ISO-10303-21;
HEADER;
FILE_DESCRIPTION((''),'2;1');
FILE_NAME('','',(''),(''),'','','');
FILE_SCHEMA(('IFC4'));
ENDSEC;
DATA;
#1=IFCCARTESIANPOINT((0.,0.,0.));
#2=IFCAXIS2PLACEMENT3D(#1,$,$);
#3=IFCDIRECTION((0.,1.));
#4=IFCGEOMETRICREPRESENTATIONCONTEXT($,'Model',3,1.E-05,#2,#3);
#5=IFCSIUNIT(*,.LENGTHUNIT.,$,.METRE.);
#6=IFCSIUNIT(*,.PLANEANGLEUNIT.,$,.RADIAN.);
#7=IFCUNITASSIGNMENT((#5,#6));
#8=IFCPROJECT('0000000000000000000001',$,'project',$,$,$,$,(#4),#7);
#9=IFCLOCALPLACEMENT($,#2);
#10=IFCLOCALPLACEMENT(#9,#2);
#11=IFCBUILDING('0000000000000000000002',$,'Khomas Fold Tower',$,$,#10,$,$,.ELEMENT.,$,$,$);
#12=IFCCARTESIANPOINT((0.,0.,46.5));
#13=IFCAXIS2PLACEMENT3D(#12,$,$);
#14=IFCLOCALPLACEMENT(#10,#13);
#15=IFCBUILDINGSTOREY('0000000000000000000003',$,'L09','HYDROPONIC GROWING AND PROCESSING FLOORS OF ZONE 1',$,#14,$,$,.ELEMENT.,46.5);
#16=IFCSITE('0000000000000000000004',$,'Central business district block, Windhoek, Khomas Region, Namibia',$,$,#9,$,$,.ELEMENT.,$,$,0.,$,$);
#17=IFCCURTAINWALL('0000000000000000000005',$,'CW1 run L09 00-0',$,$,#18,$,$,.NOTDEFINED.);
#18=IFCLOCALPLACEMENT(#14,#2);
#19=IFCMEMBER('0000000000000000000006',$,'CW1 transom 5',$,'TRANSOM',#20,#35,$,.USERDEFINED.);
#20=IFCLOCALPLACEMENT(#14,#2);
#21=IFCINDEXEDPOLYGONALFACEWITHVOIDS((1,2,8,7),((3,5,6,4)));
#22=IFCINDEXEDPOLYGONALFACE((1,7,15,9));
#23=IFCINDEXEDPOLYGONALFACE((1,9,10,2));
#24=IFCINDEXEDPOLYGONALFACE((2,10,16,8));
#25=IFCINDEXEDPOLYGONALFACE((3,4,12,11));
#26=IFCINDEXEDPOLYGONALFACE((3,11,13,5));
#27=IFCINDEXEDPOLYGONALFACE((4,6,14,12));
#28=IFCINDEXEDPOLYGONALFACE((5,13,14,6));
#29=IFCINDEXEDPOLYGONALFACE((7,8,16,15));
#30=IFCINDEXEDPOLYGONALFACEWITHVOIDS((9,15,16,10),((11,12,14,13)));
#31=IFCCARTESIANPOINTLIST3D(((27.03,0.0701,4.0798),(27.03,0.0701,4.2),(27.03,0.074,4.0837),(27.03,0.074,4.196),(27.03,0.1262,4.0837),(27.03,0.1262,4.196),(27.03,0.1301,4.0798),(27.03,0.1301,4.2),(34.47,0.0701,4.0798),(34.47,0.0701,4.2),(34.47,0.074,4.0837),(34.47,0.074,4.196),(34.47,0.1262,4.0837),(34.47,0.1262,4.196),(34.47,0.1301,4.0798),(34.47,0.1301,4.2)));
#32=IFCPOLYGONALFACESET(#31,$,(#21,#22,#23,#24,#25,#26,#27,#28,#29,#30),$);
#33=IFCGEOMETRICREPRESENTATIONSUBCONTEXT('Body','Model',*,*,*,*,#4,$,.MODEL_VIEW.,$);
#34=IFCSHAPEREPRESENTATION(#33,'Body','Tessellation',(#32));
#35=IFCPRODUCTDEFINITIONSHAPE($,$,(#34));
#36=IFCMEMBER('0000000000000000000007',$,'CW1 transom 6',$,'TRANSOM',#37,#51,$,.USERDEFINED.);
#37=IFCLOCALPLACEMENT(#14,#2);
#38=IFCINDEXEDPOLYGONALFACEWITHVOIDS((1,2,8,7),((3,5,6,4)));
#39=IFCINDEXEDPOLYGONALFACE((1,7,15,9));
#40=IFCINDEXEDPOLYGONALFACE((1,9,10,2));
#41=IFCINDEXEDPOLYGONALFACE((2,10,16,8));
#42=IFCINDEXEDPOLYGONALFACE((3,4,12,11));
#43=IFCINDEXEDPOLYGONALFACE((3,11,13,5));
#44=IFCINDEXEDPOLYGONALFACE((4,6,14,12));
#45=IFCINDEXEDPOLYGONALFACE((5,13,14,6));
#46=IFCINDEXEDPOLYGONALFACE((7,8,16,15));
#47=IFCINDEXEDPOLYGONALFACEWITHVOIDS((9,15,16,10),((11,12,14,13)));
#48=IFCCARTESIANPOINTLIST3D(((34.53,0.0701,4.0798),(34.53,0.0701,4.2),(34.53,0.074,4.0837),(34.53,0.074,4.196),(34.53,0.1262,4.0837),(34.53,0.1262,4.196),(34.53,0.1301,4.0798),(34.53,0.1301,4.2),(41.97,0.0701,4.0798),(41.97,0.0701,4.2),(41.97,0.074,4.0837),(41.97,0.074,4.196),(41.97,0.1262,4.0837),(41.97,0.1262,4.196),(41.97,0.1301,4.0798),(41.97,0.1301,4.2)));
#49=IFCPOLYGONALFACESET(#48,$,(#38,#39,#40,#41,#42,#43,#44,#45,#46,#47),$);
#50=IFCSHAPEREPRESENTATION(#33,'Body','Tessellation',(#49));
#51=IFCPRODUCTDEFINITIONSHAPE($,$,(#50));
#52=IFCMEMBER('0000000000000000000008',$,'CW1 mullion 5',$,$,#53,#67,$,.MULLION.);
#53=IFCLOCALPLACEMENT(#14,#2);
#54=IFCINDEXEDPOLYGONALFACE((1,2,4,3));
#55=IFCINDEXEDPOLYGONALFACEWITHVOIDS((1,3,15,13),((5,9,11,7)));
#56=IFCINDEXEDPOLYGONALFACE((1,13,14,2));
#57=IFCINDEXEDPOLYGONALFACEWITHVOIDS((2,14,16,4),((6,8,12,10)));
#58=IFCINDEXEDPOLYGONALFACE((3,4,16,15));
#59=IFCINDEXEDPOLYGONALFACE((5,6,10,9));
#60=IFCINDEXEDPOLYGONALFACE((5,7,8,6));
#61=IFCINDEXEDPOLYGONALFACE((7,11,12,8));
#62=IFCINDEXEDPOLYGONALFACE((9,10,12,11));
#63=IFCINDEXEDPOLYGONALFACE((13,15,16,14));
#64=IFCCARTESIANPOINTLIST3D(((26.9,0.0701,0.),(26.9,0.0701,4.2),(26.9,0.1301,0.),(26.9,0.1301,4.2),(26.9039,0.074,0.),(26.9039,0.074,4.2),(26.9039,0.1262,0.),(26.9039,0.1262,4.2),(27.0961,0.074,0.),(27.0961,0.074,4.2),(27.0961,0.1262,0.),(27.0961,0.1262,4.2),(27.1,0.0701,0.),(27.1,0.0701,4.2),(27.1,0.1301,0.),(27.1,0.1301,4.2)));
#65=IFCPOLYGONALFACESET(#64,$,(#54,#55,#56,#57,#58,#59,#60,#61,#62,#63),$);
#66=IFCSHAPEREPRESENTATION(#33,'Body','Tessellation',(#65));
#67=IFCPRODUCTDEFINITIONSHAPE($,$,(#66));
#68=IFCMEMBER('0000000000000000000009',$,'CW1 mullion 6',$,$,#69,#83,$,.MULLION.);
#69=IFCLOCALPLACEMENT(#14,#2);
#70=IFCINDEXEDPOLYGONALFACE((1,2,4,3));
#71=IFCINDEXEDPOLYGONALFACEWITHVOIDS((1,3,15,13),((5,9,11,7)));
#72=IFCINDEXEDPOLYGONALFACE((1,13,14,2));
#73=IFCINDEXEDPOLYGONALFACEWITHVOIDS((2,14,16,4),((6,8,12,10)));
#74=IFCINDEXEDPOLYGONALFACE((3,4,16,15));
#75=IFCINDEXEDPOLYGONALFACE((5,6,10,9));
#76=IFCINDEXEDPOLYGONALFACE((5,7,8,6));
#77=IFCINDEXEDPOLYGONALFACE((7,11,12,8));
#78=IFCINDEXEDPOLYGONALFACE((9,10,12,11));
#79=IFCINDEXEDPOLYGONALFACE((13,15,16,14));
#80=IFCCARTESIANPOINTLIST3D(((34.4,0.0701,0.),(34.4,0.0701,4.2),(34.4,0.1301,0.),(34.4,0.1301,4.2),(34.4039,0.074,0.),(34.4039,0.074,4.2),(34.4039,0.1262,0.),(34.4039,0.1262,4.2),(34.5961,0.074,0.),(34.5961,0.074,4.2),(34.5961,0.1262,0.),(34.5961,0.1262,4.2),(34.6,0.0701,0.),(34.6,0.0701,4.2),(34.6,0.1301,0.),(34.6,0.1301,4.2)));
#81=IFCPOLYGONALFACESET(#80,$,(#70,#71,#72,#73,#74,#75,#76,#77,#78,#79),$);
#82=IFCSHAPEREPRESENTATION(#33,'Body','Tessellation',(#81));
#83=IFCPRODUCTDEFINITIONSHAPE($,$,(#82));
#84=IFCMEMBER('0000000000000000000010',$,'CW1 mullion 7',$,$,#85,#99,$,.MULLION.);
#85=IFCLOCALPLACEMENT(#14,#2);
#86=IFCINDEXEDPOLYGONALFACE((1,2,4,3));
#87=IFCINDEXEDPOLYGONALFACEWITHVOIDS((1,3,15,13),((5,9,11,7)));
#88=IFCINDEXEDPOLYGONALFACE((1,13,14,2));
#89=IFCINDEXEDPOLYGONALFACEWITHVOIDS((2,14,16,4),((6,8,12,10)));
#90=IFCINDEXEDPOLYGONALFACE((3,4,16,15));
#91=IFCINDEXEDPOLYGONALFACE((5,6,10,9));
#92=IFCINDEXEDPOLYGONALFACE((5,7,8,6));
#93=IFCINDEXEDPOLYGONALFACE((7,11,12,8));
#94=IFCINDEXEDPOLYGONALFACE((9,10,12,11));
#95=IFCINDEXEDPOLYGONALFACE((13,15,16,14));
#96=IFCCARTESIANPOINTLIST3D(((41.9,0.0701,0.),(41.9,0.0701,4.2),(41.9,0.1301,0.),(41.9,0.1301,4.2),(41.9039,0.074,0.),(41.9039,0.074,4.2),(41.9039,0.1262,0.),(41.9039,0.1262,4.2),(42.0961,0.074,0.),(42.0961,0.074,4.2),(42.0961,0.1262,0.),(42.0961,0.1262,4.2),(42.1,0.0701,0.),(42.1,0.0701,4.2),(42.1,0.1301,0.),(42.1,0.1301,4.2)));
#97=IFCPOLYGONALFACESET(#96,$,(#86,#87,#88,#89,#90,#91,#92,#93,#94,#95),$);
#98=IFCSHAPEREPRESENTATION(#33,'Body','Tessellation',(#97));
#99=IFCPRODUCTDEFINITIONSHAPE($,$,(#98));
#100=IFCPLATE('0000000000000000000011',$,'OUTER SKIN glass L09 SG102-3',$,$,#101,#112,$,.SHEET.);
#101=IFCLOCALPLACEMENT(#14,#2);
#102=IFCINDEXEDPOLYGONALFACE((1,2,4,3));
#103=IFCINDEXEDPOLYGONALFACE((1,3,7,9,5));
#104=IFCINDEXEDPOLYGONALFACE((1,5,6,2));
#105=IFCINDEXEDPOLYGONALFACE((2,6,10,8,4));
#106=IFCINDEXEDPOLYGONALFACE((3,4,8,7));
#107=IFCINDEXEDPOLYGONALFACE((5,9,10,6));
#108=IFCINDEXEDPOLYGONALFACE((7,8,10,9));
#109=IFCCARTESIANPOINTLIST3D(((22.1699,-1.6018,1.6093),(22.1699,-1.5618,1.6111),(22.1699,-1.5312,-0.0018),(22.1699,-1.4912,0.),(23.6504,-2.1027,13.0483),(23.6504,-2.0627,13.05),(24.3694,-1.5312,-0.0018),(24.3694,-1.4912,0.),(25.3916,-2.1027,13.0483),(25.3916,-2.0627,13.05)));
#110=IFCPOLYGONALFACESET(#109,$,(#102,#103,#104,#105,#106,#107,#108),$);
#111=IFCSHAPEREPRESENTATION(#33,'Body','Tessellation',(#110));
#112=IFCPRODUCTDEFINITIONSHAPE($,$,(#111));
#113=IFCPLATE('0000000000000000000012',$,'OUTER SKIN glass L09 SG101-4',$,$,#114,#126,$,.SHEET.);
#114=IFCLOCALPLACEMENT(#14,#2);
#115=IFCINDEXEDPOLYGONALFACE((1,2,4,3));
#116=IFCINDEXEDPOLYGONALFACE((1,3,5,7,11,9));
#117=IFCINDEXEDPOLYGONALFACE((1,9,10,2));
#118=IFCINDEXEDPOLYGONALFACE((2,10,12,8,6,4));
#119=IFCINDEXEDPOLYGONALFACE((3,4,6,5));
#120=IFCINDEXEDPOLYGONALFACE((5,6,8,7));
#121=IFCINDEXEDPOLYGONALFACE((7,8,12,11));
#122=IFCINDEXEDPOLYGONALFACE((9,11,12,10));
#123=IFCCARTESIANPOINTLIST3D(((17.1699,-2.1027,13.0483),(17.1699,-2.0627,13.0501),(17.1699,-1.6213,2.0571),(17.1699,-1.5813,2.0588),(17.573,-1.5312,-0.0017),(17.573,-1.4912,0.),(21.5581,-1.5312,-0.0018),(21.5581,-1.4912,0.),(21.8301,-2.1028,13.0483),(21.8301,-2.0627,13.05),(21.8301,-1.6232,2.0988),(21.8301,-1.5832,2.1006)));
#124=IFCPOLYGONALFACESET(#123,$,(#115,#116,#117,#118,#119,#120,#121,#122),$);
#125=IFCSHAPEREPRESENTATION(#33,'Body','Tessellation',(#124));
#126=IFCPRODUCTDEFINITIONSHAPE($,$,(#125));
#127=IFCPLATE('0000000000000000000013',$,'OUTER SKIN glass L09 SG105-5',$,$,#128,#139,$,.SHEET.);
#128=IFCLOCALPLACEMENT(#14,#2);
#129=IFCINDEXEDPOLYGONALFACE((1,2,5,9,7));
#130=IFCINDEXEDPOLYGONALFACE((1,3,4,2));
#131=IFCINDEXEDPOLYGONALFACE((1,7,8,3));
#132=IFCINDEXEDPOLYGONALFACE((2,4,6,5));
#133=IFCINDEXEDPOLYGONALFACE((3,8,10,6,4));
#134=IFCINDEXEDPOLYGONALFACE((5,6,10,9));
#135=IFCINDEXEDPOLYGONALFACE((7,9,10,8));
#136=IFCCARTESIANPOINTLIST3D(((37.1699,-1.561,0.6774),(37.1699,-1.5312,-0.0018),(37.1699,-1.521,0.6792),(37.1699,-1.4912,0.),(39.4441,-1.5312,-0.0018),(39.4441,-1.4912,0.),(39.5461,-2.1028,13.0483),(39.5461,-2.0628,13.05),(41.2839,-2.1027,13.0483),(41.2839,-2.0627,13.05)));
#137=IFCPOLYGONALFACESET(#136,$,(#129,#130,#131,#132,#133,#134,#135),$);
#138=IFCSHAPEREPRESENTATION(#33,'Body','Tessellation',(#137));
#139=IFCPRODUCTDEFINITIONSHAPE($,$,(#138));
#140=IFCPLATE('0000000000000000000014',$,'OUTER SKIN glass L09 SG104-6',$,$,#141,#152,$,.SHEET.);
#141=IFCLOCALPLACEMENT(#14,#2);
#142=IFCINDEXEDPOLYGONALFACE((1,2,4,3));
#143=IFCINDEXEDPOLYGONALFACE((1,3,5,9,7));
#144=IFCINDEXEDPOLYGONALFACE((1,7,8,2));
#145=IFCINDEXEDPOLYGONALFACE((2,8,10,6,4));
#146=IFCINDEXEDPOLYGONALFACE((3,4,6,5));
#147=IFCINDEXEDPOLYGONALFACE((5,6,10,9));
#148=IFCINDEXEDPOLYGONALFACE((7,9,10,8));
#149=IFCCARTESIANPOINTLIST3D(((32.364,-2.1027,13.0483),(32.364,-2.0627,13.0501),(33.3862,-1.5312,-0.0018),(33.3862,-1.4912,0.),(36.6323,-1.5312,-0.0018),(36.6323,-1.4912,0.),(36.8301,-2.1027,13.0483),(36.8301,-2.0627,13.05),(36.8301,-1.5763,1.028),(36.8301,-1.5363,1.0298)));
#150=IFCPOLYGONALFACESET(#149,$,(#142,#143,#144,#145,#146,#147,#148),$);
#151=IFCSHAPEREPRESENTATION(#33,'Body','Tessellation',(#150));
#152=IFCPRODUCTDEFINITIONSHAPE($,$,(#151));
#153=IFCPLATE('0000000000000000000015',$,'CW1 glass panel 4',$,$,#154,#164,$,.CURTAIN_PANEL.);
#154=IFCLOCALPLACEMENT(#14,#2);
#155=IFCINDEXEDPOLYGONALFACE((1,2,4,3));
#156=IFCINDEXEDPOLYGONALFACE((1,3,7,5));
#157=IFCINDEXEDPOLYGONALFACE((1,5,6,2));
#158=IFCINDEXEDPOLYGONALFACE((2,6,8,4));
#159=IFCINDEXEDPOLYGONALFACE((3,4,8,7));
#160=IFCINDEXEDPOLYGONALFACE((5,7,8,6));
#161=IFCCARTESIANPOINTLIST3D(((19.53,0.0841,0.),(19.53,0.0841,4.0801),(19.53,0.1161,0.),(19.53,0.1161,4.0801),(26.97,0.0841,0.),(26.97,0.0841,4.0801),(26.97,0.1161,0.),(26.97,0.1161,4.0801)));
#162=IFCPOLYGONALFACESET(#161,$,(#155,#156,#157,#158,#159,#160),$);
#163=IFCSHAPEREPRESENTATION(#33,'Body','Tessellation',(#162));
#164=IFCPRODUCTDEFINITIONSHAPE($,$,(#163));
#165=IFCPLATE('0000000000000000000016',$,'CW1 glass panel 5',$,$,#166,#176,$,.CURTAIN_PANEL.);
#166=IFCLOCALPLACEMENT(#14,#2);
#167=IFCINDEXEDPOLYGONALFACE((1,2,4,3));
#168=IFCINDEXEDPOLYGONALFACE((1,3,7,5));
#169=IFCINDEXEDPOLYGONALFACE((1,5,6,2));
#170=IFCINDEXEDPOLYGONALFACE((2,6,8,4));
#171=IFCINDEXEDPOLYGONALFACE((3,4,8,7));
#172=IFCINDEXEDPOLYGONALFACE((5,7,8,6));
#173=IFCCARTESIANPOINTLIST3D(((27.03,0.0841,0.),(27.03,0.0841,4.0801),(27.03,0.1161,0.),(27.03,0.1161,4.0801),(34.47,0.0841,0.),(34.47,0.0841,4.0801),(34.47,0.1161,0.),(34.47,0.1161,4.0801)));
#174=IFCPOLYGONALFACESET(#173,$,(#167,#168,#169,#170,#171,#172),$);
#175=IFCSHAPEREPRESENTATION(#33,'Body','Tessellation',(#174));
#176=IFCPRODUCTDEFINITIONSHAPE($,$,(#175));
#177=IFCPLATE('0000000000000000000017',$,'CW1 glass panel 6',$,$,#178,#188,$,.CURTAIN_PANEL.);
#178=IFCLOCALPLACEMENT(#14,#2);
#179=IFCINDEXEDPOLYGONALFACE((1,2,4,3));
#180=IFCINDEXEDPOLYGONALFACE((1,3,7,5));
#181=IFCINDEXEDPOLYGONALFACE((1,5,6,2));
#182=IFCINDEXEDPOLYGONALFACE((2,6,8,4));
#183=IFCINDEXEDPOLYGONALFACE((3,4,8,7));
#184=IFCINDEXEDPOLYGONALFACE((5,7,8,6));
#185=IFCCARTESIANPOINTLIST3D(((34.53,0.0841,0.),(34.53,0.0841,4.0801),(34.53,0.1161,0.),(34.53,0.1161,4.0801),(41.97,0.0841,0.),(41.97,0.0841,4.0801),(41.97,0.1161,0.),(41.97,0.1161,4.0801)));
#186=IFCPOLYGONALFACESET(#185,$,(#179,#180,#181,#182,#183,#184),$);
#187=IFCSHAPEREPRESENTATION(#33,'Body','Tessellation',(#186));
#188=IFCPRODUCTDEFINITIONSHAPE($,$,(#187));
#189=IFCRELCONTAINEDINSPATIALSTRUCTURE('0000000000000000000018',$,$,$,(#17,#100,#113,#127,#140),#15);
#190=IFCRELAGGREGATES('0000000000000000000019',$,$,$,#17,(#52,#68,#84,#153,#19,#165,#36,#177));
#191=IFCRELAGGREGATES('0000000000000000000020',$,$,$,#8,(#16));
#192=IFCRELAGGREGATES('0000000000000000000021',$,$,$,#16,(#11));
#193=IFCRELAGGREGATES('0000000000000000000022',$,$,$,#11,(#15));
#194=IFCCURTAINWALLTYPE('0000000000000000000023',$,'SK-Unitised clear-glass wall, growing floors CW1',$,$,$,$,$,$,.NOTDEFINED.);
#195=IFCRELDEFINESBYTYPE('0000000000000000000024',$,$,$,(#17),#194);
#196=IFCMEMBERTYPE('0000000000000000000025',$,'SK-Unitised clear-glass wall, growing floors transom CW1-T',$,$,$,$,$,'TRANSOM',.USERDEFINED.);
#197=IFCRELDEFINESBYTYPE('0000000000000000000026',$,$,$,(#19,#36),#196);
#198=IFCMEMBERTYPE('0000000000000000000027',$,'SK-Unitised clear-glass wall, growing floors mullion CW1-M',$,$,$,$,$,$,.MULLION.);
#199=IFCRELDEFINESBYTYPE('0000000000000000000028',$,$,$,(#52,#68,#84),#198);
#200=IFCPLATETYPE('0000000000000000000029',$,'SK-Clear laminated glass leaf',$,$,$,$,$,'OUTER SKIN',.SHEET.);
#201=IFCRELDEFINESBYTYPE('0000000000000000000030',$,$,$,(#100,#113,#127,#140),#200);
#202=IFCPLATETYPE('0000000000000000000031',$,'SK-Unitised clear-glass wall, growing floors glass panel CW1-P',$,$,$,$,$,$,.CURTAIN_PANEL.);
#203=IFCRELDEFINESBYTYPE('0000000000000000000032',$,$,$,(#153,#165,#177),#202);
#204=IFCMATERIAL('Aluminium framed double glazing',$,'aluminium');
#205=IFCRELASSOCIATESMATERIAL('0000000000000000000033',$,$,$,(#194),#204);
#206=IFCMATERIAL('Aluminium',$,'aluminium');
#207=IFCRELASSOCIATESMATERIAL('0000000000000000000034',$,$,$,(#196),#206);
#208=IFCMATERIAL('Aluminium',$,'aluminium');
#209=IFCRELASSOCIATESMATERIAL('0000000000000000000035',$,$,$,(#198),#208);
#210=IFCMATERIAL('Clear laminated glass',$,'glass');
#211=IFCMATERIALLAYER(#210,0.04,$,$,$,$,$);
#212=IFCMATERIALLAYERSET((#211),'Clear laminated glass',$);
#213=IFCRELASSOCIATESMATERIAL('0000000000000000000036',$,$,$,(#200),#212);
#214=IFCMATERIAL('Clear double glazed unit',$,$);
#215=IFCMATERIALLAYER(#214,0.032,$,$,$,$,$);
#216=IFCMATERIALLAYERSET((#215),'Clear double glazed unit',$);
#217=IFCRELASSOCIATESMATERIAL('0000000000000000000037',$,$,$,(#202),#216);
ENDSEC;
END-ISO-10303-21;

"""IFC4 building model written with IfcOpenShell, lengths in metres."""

from ifc_helpers import new_model, si_unit, direction, frame, origin, origin_2d, place, context, subcontext, project, spatial, polyline, rectangle, hollow_rectangle, outline, extrude, source, transform, mapped, material, layer, layer_set, material_profile, profile_set, type_object, element, aggregate, save


model = new_model("IFC4")

# Units and contexts
model_context = context("Model", 3, precision=1e-05, world=origin(), true_north=direction((0.0, 1.0)))
body_context = subcontext(model_context, "Body", "Model", "MODEL_VIEW")
ifc_project = project(units=[si_unit("LENGTHUNIT", "METRE"), si_unit("PLANEANGLEUNIT", "RADIAN")], contexts=[model_context])

# Site, building, storey
site_placement = place(None, origin())
site = spatial("IfcSite", under=ifc_project, at=site_placement, Name="Central business district block, Windhoek, Khomas Region, Namibia", CompositionType="ELEMENT", RefElevation=0.0)
building_placement = place(site_placement, origin())
building = spatial("IfcBuilding", under=site, at=building_placement, Name="Khomas Fold Tower", CompositionType="ELEMENT")
storey_placement = place(building_placement, frame((0.0, 0.0, 46.5)))
storey = spatial("IfcBuildingStorey", under=building, at=storey_placement, Name="L09", Description="HYDROPONIC GROWING AND PROCESSING FLOORS OF ZONE 1", CompositionType="ELEMENT", Elevation=46.5)

# Curtain wall, members
ifc_material_1 = material(Name="Aluminium framed double glazing", Category="aluminium")
curtain_wall_type = type_object("IfcCurtainWallType", Name="SK-Unitised clear-glass wall, growing floors CW1", PredefinedType="NOTDEFINED", material=ifc_material_1)
curtain_wall_placement = place(storey_placement, origin())
curtain_wall = element("IfcCurtainWall", 1, at=curtain_wall_placement, inside=storey, type_object=curtain_wall_type, Name="CW1 run L09 00-0", PredefinedType="NOTDEFINED")
ifc_material_2 = material(Name="Aluminium", Category="aluminium")
ifc_material_profile_1 = material_profile(ifc_material_2, hollow_rectangle(XDim=0.0601, YDim=0.1201, WallThickness=0.0039, at=origin_2d()), Name="SK-Unitised clear-glass wall, growing floors transom CW1-T")
ifc_profile_set_1 = profile_set([ifc_material_profile_1], Name="Aluminium")
member_type_1 = type_object("IfcMemberType", Name="SK-Unitised clear-glass wall, growing floors transom CW1-T", ElementType="TRANSOM", PredefinedType="USERDEFINED", material=ifc_profile_set_1)
shared_shape_1 = source(origin(), body_context, "Body", "SweptSolid", [
    extrude(hollow_rectangle(XDim=0.0601, YDim=0.1201, WallThickness=0.0039, at=origin_2d()), origin(), (0.0, 0.0, 1.0), 7.4399),
])
member_1_placement = place(storey_placement, frame((27.03, 0.1001, 4.1399), z_axis=(1.0, 0.0, 0.0), x_axis=(0.0, 1.0, 0.0)))
member_1 = element("IfcMember", 2, at=member_1_placement, type_object=member_type_1, Name="CW1 transom 5", ObjectType="TRANSOM", PredefinedType="USERDEFINED", context=body_context, shape_type="MappedRepresentation", body=[
    mapped(shared_shape_1, transform((0.0, 0.0, 0.0))),
])
member_2_placement = place(storey_placement, frame((34.53, 0.1001, 4.1399), z_axis=(1.0, 0.0, 0.0), x_axis=(0.0, 1.0, 0.0)))
member_2 = element("IfcMember", 3, at=member_2_placement, type_object=member_type_1, Name="CW1 transom 6", ObjectType="TRANSOM", PredefinedType="USERDEFINED", context=body_context, shape_type="MappedRepresentation", body=[
    mapped(shared_shape_1, transform((0.0, 0.0, 0.0))),
])
ifc_material_3 = material(Name="Aluminium", Category="aluminium")
ifc_material_profile_2 = material_profile(ifc_material_3, hollow_rectangle(XDim=0.0601, YDim=0.2, WallThickness=0.0039, at=origin_2d()), Name="SK-Unitised clear-glass wall, growing floors mullion CW1-M")
ifc_profile_set_2 = profile_set([ifc_material_profile_2], Name="Aluminium")
member_type_2 = type_object("IfcMemberType", Name="SK-Unitised clear-glass wall, growing floors mullion CW1-M", PredefinedType="MULLION", material=ifc_profile_set_2)
shared_shape_2 = source(origin(), body_context, "Body", "SweptSolid", [
    extrude(hollow_rectangle(XDim=0.0601, YDim=0.2, WallThickness=0.0039, at=origin_2d()), origin(), (0.0, 0.0, 1.0), 4.2),
])
member_3_placement = place(storey_placement, frame((27.0, 0.1001, 0.0), z_axis=(0.0, 0.0, 1.0), x_axis=(0.0, 1.0, 0.0)))
member_3 = element("IfcMember", 4, at=member_3_placement, type_object=member_type_2, Name="CW1 mullion 5", PredefinedType="MULLION", context=body_context, shape_type="MappedRepresentation", body=[
    mapped(shared_shape_2, transform((0.0, 0.0, 0.0))),
])
member_4_placement = place(storey_placement, frame((34.5, 0.1001, 0.0), z_axis=(0.0, 0.0, 1.0), x_axis=(0.0, 1.0, 0.0)))
member_4 = element("IfcMember", 5, at=member_4_placement, type_object=member_type_2, Name="CW1 mullion 6", PredefinedType="MULLION", context=body_context, shape_type="MappedRepresentation", body=[
    mapped(shared_shape_2, transform((0.0, 0.0, 0.0))),
])
member_5_placement = place(storey_placement, frame((42.0, 0.1001, 0.0), z_axis=(0.0, 0.0, 1.0), x_axis=(0.0, 1.0, 0.0)))
member_5 = element("IfcMember", 6, at=member_5_placement, type_object=member_type_2, Name="CW1 mullion 7", PredefinedType="MULLION", context=body_context, shape_type="MappedRepresentation", body=[
    mapped(shared_shape_2, transform((0.0, 0.0, 0.0))),
])

# Plates
ifc_material_4 = material(Name="Clear laminated glass", Category="glass")
ifc_layer_1 = layer(ifc_material_4, 0.04)
ifc_layer_set_1 = layer_set([ifc_layer_1], Name="Clear laminated glass")
plate_type_1 = type_object("IfcPlateType", Name="SK-Clear laminated glass leaf", ElementType="OUTER SKIN", PredefinedType="SHEET", material=ifc_layer_set_1)
plate_1_placement = place(storey_placement, frame((24.3694, -1.4912, 0.0), z_axis=(0.0, 0.999042, 0.043754), x_axis=(-1.0, 0.0, 0.0)))
element("IfcPlate", 7, at=plate_1_placement, inside=storey, type_object=plate_type_1, Name="OUTER SKIN glass L09 SG102-3", PredefinedType="SHEET", context=body_context, shape_type="SweptSolid", body=[
    extrude(outline(polyline([(0.0, 0.0), (2.1995, 0.0), (2.1995, 1.6126), (0.719, 13.0626), (-1.0222, 13.0626), (0.0, 0.0)])), origin(), (0.0, 0.0, -1.0), 0.04),
])
plate_2_placement = place(storey_placement, frame((21.5581, -1.4912, 0.0), z_axis=(0.000014, 0.999042, 0.043754), x_axis=(-1.0, 0.000014, 0.000001)))
element("IfcPlate", 8, at=plate_2_placement, inside=storey, type_object=plate_type_1, Name="OUTER SKIN glass L09 SG101-4", PredefinedType="SHEET", context=body_context, shape_type="SweptSolid", body=[
    extrude(outline(polyline([(0.0, 0.0), (3.9851, 0.0), (4.3882, 2.0608), (4.3882, 13.0626), (-0.272, 13.0626), (-0.272, 2.1026), (0.0, 0.0)])), origin(), (0.0, 0.0, -1.0), 0.04),
])
plate_3_placement = place(storey_placement, frame((39.4441, -1.4912, 0.0), z_axis=(-0.000009, 0.999042, 0.043755), x_axis=(-1.0, -0.000009, 0.0)))
element("IfcPlate", 9, at=plate_3_placement, inside=storey, type_object=plate_type_1, Name="OUTER SKIN glass L09 SG105-5", PredefinedType="SHEET", context=body_context, shape_type="SweptSolid", body=[
    extrude(outline(polyline([(0.0, 0.0), (2.2742, 0.0), (2.2742, 0.6799), (-0.1021, 13.0626), (-1.8398, 13.0626), (0.0, 0.0)])), origin(), (0.0, 0.0, -1.0), 0.04),
])
plate_4_placement = place(storey_placement, frame((36.6323, -1.4912, 0.0), z_axis=(0.000008, 0.999042, 0.043753), x_axis=(-1.0, 0.000008, 0.0)))
element("IfcPlate", 10, at=plate_4_placement, inside=storey, type_object=plate_type_1, Name="OUTER SKIN glass L09 SG104-6", PredefinedType="SHEET", context=body_context, shape_type="SweptSolid", body=[
    extrude(outline(polyline([(0.0, 0.0), (3.2461, 0.0), (4.2683, 13.0626), (-0.1978, 13.0626), (-0.1978, 1.0308), (0.0, 0.0)])), origin(), (0.0, 0.0, -1.0), 0.04),
])

# Plates
ifc_material_5 = material(Name="Clear double glazed unit")
ifc_layer_2 = layer(ifc_material_5, 0.032)
ifc_layer_set_2 = layer_set([ifc_layer_2], Name="Clear double glazed unit")
plate_type_2 = type_object("IfcPlateType", Name="SK-Unitised clear-glass wall, growing floors glass panel CW1-P", PredefinedType="CURTAIN_PANEL", material=ifc_layer_set_2)
shared_shape_3 = source(origin(), body_context, "Body", "SweptSolid", [
    extrude(rectangle(XDim=7.4399, YDim=0.032, at=origin_2d()), origin(), (0.0, 0.0, 1.0), 4.0801),
])
plate_5_placement = place(storey_placement, frame((23.25, 0.1001, 0.0), z_axis=(0.0, 0.0, 1.0), x_axis=(1.0, 0.0, 0.0)))
plate_5 = element("IfcPlate", 11, at=plate_5_placement, type_object=plate_type_2, Name="CW1 glass panel 4", PredefinedType="CURTAIN_PANEL", context=body_context, shape_type="MappedRepresentation", body=[
    mapped(shared_shape_3, transform((0.0, 0.0, 0.0))),
])
plate_6_placement = place(storey_placement, frame((30.75, 0.1001, 0.0), z_axis=(0.0, 0.0, 1.0), x_axis=(1.0, 0.0, 0.0)))
plate_6 = element("IfcPlate", 12, at=plate_6_placement, type_object=plate_type_2, Name="CW1 glass panel 5", PredefinedType="CURTAIN_PANEL", context=body_context, shape_type="MappedRepresentation", body=[
    mapped(shared_shape_3, transform((0.0, 0.0, 0.0))),
])
plate_7_placement = place(storey_placement, frame((38.25, 0.1001, 0.0), z_axis=(0.0, 0.0, 1.0), x_axis=(1.0, 0.0, 0.0)))
plate_7 = element("IfcPlate", 13, at=plate_7_placement, type_object=plate_type_2, Name="CW1 glass panel 6", PredefinedType="CURTAIN_PANEL", context=body_context, shape_type="MappedRepresentation", body=[
    mapped(shared_shape_3, transform((0.0, 0.0, 0.0))),
])
aggregate(curtain_wall, [member_3, member_4, member_5, plate_5, member_1, plate_6, member_2, plate_7])

save(model, "model.ifc")
